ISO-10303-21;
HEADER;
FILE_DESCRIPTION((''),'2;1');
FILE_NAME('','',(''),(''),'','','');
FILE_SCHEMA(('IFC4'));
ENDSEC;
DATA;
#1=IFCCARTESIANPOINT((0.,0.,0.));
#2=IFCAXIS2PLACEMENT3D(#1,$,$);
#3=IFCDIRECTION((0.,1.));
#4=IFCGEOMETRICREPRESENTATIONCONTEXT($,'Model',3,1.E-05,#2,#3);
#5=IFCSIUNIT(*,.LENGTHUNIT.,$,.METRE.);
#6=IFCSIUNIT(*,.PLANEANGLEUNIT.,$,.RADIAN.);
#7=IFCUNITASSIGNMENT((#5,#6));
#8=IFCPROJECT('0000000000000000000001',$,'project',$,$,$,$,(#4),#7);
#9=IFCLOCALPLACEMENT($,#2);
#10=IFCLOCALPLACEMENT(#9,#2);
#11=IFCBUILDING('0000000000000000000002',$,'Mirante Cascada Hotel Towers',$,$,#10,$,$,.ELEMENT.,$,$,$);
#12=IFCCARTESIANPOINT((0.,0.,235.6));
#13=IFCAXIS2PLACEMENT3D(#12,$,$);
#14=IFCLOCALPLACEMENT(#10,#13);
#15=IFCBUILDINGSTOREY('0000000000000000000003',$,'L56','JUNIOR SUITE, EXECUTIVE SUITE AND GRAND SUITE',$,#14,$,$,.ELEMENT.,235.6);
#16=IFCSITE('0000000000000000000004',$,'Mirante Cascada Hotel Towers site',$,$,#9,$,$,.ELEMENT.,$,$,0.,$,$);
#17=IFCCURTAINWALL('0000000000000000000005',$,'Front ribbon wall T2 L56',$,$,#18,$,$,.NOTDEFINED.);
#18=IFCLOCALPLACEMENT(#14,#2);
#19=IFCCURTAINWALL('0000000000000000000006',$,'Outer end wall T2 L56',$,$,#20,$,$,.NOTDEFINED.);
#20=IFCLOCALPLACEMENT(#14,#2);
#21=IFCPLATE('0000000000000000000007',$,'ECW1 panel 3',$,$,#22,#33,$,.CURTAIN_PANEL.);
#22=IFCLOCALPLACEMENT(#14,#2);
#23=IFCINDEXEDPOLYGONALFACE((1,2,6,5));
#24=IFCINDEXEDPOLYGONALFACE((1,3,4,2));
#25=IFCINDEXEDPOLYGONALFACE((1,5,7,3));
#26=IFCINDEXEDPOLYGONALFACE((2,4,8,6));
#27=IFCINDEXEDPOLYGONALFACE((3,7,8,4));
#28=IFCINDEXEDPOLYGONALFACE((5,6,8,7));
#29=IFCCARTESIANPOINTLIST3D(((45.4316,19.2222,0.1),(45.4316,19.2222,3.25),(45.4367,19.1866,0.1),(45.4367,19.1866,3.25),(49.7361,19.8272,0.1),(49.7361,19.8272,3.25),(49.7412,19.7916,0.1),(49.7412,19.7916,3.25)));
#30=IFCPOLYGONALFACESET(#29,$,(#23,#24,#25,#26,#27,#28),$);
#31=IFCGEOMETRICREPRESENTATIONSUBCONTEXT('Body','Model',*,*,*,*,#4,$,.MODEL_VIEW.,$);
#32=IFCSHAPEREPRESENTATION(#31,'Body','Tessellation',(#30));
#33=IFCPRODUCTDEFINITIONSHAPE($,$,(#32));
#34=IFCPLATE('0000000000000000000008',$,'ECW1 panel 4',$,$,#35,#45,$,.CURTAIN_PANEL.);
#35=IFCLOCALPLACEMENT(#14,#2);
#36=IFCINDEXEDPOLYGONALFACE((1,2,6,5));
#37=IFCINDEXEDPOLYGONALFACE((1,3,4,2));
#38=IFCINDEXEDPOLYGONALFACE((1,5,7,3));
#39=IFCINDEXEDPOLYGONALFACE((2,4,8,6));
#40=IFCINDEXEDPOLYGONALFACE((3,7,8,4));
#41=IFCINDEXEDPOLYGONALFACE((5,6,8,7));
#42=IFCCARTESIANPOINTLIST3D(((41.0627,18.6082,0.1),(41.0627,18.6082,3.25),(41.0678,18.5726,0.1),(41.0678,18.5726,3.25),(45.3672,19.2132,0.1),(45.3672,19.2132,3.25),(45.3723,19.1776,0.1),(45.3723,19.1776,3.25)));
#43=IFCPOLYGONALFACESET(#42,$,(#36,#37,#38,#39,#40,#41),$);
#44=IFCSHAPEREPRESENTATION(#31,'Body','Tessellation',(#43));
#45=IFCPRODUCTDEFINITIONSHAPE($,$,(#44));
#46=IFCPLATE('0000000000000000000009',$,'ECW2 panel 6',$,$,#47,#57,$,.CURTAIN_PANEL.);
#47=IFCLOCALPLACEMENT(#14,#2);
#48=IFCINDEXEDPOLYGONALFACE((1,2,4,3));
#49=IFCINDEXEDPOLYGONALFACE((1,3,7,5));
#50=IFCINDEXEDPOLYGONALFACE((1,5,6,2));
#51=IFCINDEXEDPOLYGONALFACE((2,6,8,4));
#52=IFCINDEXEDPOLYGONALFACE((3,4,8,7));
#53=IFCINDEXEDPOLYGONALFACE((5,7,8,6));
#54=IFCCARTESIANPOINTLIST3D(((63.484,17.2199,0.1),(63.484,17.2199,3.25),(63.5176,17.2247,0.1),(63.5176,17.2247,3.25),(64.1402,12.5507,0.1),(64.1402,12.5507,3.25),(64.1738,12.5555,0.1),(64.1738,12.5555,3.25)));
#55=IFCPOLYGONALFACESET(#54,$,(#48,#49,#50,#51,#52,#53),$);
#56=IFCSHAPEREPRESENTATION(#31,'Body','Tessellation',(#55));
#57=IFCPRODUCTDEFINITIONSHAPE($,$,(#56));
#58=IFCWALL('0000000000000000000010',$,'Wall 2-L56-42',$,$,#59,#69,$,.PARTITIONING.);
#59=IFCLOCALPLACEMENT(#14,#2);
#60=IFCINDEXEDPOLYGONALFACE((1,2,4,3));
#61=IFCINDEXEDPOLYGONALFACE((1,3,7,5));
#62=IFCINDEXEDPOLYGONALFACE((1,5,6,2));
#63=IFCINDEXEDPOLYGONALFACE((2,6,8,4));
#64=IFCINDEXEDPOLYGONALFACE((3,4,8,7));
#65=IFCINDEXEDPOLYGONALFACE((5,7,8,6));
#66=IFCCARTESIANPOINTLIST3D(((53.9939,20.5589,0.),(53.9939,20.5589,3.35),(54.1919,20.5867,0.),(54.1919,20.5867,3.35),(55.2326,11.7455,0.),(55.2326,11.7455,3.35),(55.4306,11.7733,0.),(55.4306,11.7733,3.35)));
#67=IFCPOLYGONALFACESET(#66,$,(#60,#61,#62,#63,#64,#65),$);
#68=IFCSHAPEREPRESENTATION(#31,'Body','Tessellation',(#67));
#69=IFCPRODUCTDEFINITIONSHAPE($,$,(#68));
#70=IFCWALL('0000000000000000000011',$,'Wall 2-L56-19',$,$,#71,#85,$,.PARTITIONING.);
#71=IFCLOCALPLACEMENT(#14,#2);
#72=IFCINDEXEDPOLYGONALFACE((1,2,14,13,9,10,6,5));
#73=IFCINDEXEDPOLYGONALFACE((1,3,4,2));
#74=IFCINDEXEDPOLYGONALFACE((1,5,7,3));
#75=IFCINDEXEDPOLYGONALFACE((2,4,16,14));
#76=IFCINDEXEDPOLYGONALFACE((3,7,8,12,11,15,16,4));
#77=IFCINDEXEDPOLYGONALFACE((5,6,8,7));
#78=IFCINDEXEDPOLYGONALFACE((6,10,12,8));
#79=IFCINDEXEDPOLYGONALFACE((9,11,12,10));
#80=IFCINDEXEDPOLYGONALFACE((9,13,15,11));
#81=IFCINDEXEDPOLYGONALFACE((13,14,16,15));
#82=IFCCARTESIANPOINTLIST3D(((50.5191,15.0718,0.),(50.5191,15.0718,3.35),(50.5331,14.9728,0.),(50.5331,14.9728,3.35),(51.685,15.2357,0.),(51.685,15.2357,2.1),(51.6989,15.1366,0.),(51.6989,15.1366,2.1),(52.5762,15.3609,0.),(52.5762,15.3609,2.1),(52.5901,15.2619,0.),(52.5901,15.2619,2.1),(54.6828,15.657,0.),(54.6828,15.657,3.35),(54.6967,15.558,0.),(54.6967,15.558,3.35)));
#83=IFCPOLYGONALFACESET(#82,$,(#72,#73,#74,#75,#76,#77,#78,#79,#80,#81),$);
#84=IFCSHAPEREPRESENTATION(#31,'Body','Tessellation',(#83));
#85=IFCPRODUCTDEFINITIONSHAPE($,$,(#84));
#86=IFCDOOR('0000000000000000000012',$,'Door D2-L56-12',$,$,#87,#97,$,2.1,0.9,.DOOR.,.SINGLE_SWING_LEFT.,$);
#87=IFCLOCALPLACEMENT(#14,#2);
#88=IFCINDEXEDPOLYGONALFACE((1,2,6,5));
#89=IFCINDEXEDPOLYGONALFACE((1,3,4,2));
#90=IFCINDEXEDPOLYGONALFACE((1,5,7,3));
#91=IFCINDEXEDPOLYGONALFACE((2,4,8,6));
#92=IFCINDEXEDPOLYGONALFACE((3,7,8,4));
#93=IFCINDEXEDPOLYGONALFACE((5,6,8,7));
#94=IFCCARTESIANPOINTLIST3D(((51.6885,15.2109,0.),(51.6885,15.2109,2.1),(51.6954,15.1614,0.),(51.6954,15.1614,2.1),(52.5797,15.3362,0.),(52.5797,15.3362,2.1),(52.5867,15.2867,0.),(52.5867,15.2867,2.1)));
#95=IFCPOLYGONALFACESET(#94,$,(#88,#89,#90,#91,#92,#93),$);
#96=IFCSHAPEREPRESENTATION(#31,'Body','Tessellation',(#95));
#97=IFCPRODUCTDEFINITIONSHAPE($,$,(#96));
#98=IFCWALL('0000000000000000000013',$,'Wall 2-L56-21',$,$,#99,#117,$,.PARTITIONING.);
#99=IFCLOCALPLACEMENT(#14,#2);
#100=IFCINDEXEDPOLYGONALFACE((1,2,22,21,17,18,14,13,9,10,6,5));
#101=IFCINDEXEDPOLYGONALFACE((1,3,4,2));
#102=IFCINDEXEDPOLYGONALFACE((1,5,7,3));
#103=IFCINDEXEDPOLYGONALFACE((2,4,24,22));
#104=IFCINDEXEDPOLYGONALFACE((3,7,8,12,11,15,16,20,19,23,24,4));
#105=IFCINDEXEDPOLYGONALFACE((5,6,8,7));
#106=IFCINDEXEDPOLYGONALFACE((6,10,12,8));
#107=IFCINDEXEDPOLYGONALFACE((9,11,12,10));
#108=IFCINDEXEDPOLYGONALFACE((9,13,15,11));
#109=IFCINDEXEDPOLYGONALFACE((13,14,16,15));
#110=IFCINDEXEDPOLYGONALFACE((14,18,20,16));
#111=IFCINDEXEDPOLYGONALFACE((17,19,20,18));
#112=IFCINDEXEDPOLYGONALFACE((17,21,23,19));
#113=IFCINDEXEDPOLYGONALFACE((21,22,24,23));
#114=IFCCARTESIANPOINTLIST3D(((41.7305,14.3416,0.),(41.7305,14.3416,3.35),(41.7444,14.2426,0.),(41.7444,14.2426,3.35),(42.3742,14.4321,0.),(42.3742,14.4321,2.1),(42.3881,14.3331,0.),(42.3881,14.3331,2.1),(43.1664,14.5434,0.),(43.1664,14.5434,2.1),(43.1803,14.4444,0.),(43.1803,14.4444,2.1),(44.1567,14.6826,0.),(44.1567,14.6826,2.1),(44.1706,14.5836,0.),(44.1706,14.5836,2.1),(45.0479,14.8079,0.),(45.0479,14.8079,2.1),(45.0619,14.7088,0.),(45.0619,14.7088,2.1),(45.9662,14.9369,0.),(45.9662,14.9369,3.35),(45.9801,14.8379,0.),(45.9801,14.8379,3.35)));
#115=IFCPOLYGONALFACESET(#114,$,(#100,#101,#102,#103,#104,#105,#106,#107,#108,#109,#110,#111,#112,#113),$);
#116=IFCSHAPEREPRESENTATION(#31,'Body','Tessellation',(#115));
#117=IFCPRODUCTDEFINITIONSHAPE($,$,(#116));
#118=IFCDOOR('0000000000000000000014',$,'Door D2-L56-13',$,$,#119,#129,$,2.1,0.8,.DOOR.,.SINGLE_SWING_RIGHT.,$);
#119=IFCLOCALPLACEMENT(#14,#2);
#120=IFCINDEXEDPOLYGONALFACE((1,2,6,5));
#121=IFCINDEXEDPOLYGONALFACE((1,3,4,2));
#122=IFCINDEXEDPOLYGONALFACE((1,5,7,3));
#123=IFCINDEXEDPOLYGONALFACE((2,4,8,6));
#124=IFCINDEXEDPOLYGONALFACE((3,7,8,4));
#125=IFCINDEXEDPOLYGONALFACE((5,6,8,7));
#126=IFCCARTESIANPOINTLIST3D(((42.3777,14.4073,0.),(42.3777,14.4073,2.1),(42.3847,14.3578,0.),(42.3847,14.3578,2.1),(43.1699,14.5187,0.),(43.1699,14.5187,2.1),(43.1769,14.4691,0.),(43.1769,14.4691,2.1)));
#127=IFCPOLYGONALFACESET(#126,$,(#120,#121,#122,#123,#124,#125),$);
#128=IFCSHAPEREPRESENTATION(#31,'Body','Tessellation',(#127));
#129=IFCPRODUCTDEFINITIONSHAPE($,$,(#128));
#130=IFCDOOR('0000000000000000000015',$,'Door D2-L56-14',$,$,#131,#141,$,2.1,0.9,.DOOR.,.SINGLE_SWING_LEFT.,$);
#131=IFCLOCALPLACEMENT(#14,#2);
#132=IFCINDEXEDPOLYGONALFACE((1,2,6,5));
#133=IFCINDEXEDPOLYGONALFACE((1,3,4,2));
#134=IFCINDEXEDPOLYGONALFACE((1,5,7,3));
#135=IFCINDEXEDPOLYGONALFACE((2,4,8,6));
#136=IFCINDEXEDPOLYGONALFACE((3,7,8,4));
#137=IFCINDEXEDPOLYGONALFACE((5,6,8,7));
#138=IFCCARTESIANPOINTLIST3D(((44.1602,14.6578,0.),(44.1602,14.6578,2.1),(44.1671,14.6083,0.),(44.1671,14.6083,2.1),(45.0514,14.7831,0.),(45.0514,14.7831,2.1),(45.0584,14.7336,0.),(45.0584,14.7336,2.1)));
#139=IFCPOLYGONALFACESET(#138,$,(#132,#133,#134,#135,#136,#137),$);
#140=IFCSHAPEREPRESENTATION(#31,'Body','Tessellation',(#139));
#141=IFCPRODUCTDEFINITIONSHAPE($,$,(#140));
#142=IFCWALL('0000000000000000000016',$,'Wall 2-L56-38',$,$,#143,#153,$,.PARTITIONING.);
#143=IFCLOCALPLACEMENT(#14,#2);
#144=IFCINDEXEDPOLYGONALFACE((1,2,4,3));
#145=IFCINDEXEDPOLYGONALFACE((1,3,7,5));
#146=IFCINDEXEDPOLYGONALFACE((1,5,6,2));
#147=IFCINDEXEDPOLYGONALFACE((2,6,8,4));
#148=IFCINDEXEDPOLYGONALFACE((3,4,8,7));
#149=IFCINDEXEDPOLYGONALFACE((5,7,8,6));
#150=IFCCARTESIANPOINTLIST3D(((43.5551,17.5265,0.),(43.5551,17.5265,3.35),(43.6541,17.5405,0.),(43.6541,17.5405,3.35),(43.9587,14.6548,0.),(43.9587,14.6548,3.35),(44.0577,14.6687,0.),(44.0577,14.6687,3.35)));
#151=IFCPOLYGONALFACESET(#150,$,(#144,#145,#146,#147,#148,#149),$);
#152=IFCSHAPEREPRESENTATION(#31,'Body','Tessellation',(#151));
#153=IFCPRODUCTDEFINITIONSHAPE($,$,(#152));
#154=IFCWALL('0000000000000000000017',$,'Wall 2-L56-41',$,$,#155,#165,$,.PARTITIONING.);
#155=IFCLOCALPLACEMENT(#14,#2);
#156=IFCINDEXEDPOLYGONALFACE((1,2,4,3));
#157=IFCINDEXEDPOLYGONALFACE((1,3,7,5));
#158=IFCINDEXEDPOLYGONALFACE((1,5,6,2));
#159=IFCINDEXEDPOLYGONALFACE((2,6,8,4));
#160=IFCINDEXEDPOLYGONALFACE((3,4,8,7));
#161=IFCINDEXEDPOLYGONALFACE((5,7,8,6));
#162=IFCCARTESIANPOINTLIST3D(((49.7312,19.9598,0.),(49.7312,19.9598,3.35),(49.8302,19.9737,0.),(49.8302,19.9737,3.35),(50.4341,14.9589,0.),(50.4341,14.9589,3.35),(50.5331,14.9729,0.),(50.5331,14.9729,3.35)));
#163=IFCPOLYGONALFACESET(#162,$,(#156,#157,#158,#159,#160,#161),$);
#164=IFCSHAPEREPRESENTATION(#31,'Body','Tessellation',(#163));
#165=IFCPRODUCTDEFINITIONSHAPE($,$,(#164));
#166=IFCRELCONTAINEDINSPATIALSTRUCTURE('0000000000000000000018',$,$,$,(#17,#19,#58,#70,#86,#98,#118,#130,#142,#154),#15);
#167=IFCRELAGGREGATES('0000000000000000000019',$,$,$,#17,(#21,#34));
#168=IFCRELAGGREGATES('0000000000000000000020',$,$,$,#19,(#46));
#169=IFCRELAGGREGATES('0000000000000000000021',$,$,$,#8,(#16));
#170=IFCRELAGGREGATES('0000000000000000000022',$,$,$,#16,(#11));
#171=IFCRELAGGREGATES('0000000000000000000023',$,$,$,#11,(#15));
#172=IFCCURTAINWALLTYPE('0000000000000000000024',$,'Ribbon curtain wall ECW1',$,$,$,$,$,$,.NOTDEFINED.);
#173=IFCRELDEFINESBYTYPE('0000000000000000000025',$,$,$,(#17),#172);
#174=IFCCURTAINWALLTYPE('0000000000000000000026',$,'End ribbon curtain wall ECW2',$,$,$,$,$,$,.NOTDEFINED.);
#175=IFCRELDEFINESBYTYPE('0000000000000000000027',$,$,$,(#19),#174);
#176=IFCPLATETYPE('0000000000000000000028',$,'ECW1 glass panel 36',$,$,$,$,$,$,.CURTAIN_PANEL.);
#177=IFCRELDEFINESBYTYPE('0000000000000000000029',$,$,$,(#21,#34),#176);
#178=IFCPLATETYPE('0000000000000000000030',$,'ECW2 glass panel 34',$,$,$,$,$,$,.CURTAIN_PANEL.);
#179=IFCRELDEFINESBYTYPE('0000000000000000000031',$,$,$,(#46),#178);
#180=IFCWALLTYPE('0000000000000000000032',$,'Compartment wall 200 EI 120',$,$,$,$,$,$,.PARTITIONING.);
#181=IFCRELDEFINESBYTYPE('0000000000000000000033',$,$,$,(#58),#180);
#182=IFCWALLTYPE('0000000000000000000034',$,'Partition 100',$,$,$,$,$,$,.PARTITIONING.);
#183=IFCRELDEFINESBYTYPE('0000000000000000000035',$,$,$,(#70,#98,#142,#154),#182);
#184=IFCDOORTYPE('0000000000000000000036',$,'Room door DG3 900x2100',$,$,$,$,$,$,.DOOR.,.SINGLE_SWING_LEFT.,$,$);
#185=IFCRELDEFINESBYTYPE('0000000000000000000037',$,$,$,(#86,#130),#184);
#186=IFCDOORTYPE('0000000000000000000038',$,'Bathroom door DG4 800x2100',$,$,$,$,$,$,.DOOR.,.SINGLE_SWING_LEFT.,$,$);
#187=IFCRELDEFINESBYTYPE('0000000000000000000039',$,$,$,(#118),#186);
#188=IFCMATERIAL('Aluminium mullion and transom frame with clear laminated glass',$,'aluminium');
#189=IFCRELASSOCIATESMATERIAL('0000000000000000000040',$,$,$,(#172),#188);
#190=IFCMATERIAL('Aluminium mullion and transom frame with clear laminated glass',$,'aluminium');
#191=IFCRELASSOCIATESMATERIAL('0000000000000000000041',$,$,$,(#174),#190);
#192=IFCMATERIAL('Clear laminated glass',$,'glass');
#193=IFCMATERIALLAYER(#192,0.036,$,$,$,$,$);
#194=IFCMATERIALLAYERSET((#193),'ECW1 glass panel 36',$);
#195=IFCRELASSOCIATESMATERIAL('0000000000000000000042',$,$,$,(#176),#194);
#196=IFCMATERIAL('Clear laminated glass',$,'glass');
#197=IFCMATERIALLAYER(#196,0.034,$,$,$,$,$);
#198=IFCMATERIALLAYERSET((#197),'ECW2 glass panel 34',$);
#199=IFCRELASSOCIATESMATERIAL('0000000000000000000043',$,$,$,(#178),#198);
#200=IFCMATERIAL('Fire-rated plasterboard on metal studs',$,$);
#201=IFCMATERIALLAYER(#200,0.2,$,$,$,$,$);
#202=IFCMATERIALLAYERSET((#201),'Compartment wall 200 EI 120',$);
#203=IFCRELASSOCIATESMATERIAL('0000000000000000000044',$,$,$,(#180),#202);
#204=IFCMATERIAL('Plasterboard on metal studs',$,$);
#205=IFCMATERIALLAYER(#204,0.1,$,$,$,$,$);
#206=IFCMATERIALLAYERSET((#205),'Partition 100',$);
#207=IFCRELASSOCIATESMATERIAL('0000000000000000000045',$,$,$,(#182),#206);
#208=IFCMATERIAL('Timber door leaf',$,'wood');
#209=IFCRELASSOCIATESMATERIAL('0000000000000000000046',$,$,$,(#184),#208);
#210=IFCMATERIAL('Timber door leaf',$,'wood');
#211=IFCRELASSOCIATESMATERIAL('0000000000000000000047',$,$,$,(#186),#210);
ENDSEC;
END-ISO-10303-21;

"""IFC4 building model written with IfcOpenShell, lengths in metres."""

from ifc_helpers import new_model, si_unit, direction, frame, frame_2d, origin, origin_2d, place, context, subcontext, project, spatial, rectangle, extrude, material, layer, layer_set, type_object, element, fill, aggregate, save


model = new_model("IFC4")

# Units and contexts
model_context = context("Model", 3, precision=1e-05, world=origin(), true_north=direction((0.0, 1.0)))
body_context = subcontext(model_context, "Body", "Model", "MODEL_VIEW")
ifc_project = project(units=[si_unit("LENGTHUNIT", "METRE"), si_unit("PLANEANGLEUNIT", "RADIAN")], contexts=[model_context])

# Site, building, storey
site_placement = place(None, origin())
site = spatial("IfcSite", under=ifc_project, at=site_placement, Name="Mirante Cascada Hotel Towers site", CompositionType="ELEMENT", RefElevation=0.0)
building_placement = place(site_placement, origin())
building = spatial("IfcBuilding", under=site, at=building_placement, Name="Mirante Cascada Hotel Towers", CompositionType="ELEMENT")
storey_placement = place(building_placement, frame((0.0, 0.0, 235.6)))
storey = spatial("IfcBuildingStorey", under=building, at=storey_placement, Name="L56", Description="JUNIOR SUITE, EXECUTIVE SUITE AND GRAND SUITE", CompositionType="ELEMENT", Elevation=235.6)

# Curtain wall
ifc_material_1 = material(Name="Aluminium mullion and transom frame with clear laminated glass", Category="aluminium")
curtain_wall_type_1 = type_object("IfcCurtainWallType", Name="Ribbon curtain wall ECW1", PredefinedType="NOTDEFINED", material=ifc_material_1)
curtain_wall_1_placement = place(storey_placement, origin())
curtain_wall_1 = element("IfcCurtainWall", 1, at=curtain_wall_1_placement, inside=storey, type_object=curtain_wall_type_1, Name="Front ribbon wall T2 L56", PredefinedType="NOTDEFINED")

# Curtain wall
ifc_material_2 = material(Name="Aluminium mullion and transom frame with clear laminated glass", Category="aluminium")
curtain_wall_type_2 = type_object("IfcCurtainWallType", Name="End ribbon curtain wall ECW2", PredefinedType="NOTDEFINED", material=ifc_material_2)
curtain_wall_2_placement = place(storey_placement, origin())
curtain_wall_2 = element("IfcCurtainWall", 2, at=curtain_wall_2_placement, inside=storey, type_object=curtain_wall_type_2, Name="Outer end wall T2 L56", PredefinedType="NOTDEFINED")

# Plates
ifc_material_3 = material(Name="Clear laminated glass", Category="glass")
ifc_layer_1 = layer(ifc_material_3, 0.036)
ifc_layer_set_1 = layer_set([ifc_layer_1], Name="ECW1 glass panel 36")
plate_type_1 = type_object("IfcPlateType", Name="ECW1 glass panel 36", PredefinedType="CURTAIN_PANEL", material=ifc_layer_set_1)
plate_1_placement = place(storey_placement, frame((47.5864, 19.5069, 0.1), z_axis=(0.0, 0.0, 1.0), x_axis=(-0.990268, -0.139173, 0.0)))
plate_1 = element("IfcPlate", 3, at=plate_1_placement, type_object=plate_type_1, Name="ECW1 panel 3", PredefinedType="CURTAIN_PANEL", context=body_context, shape_type="SweptSolid", body=[
    extrude(rectangle(XDim=4.3468, YDim=0.036, at=origin_2d()), origin(), (0.0, 0.0, 1.0), 3.15),
])
plate_2_placement = place(storey_placement, frame((43.2175, 18.8929, 0.1), z_axis=(0.0, 0.0, 1.0), x_axis=(-0.990268, -0.139173, 0.0)))
plate_2 = element("IfcPlate", 4, at=plate_2_placement, type_object=plate_type_1, Name="ECW1 panel 4", PredefinedType="CURTAIN_PANEL", context=body_context, shape_type="SweptSolid", body=[
    extrude(rectangle(XDim=4.3468, YDim=0.036, at=origin_2d()), origin(), (0.0, 0.0, 1.0), 3.15),
])
aggregate(curtain_wall_1, [plate_1, plate_2])
ifc_material_4 = material(Name="Clear laminated glass", Category="glass")
ifc_layer_2 = layer(ifc_material_4, 0.034)
ifc_layer_set_2 = layer_set([ifc_layer_2], Name="ECW2 glass panel 34")
plate_type_2 = type_object("IfcPlateType", Name="ECW2 glass panel 34", PredefinedType="CURTAIN_PANEL", material=ifc_layer_set_2)
plate_3_placement = place(storey_placement, frame((63.8289, 14.8877, 0.1), z_axis=(0.0, 0.0, 1.0), x_axis=(-0.139173, 0.990268, 0.0)))
plate_3 = element("IfcPlate", 5, at=plate_3_placement, type_object=plate_type_2, Name="ECW2 panel 6", PredefinedType="CURTAIN_PANEL", context=body_context, shape_type="SweptSolid", body=[
    extrude(rectangle(XDim=4.7151, YDim=0.034, at=origin_2d()), origin(), (0.0, 0.0, 1.0), 3.15),
])
aggregate(curtain_wall_2, [plate_3])

# Wall
ifc_material_5 = material(Name="Fire-rated plasterboard on metal studs")
ifc_layer_3 = layer(ifc_material_5, 0.2)
ifc_layer_set_3 = layer_set([ifc_layer_3], Name="Compartment wall 200 EI 120")
wall_type_1 = type_object("IfcWallType", Name="Compartment wall 200 EI 120", PredefinedType="PARTITIONING", material=ifc_layer_set_3)
wall_1_placement = place(storey_placement, frame((54.0929, 20.5728, 0.0), z_axis=(0.0, 0.0, 1.0), x_axis=(0.139179, -0.990267, 0.0)))
element("IfcWall", 6, at=wall_1_placement, inside=storey, type_object=wall_type_1, Name="Wall 2-L56-42", PredefinedType="PARTITIONING", context=body_context, shape_type="SweptSolid", body=[
    extrude(rectangle(XDim=8.9, YDim=0.2, at=frame_2d((4.45, 0.0))), origin(), (0.0, 0.0, 1.0), 3.35),
])

# Wall, opening, door
ifc_material_6 = material(Name="Plasterboard on metal studs")
ifc_layer_4 = layer(ifc_material_6, 0.1)
ifc_layer_set_4 = layer_set([ifc_layer_4], Name="Partition 100")
wall_type_2 = type_object("IfcWallType", Name="Partition 100", PredefinedType="PARTITIONING", material=ifc_layer_set_4)
wall_2_placement = place(storey_placement, frame((50.5261, 15.0223, 0.0), z_axis=(0.0, 0.0, 1.0), x_axis=(0.990267, 0.13918, 0.0)))
wall_2 = element("IfcWall", 7, at=wall_2_placement, inside=storey, type_object=wall_type_2, Name="Wall 2-L56-19", PredefinedType="PARTITIONING", context=body_context, shape_type="SweptSolid", body=[
    extrude(rectangle(XDim=4.2046, YDim=0.1, at=frame_2d((2.1023, 0.0))), origin(), (0.0, 0.0, 1.0), 3.35),
])
opening_1_placement = place(wall_2_placement, frame((1.1773, 0.0, 0.0)))
opening_1 = element("IfcOpeningElement", 8, at=opening_1_placement, cuts=wall_2, PredefinedType="OPENING", context=body_context, shape_type="SweptSolid", body=[
    extrude(rectangle(XDim=0.9, YDim=2.1, at=frame_2d((0.45, 1.05))), frame((0.0, 0.05, 0.0), z_axis=(0.0, -1.0, 0.0), x_axis=(1.0, 0.0, 0.0)), (0.0, 0.0, 1.0), 0.1),
])
ifc_material_7 = material(Name="Timber door leaf", Category="wood")
door_type_1 = type_object("IfcDoorType", Name="Room door DG3 900x2100", OperationType="SINGLE_SWING_LEFT", PredefinedType="DOOR", material=ifc_material_7)
door_1_placement = place(opening_1_placement, origin())
door_1 = element("IfcDoor", 9, at=door_1_placement, inside=storey, type_object=door_type_1, Name="Door D2-L56-12", OperationType="SINGLE_SWING_LEFT", OverallHeight=2.1, OverallWidth=0.9, PredefinedType="DOOR", context=body_context, shape_type="SweptSolid", body=[
    extrude(rectangle(XDim=0.9, YDim=2.1, at=frame_2d((0.45, 1.05))), frame((0.0, 0.025, 0.0), z_axis=(0.0, -1.0, 0.0), x_axis=(1.0, 0.0, 0.0)), (0.0, 0.0, 1.0), 0.05),
])
fill(opening_1, door_1)

# Wall, openings, doors
wall_3_placement = place(storey_placement, frame((41.7375, 14.2921, 0.0), z_axis=(0.0, 0.0, 1.0), x_axis=(0.990268, 0.139176, 0.0)))
wall_3 = element("IfcWall", 10, at=wall_3_placement, inside=storey, type_object=wall_type_2, Name="Wall 2-L56-21", PredefinedType="PARTITIONING", context=body_context, shape_type="SweptSolid", body=[
    extrude(rectangle(XDim=4.2773, YDim=0.1, at=frame_2d((2.1386, 0.0))), origin(), (0.0, 0.0, 1.0), 3.35),
])
opening_2_placement = place(wall_3_placement, frame((0.65, 0.0, 0.0)))
opening_2 = element("IfcOpeningElement", 11, at=opening_2_placement, cuts=wall_3, PredefinedType="OPENING", context=body_context, shape_type="SweptSolid", body=[
    extrude(rectangle(XDim=0.8, YDim=2.1, at=frame_2d((0.4, 1.05))), frame((0.0, 0.05, 0.0), z_axis=(0.0, -1.0, 0.0), x_axis=(1.0, 0.0, 0.0)), (0.0, 0.0, 1.0), 0.1),
])
opening_3_placement = place(wall_3_placement, frame((2.45, 0.0, 0.0)))
opening_3 = element("IfcOpeningElement", 12, at=opening_3_placement, cuts=wall_3, PredefinedType="OPENING", context=body_context, shape_type="SweptSolid", body=[
    extrude(rectangle(XDim=0.9, YDim=2.1, at=frame_2d((0.45, 1.05))), frame((0.0, 0.05, 0.0), z_axis=(0.0, -1.0, 0.0), x_axis=(1.0, 0.0, 0.0)), (0.0, 0.0, 1.0), 0.1),
])
ifc_material_8 = material(Name="Timber door leaf", Category="wood")
door_type_2 = type_object("IfcDoorType", Name="Bathroom door DG4 800x2100", OperationType="SINGLE_SWING_LEFT", PredefinedType="DOOR", material=ifc_material_8)
door_2_placement = place(opening_2_placement, frame((0.8, 0.0, 0.0), z_axis=(0.0, 0.0, 1.0), x_axis=(-1.0, 0.0, 0.0)))
door_2 = element("IfcDoor", 13, at=door_2_placement, inside=storey, type_object=door_type_2, Name="Door D2-L56-13", OperationType="SINGLE_SWING_RIGHT", OverallHeight=2.1, OverallWidth=0.8, PredefinedType="DOOR", context=body_context, shape_type="SweptSolid", body=[
    extrude(rectangle(XDim=0.8, YDim=2.1, at=frame_2d((0.4, 1.05))), frame((0.0, 0.025, 0.0), z_axis=(0.0, -1.0, 0.0), x_axis=(1.0, 0.0, 0.0)), (0.0, 0.0, 1.0), 0.05),
])
fill(opening_2, door_2)
door_3_placement = place(opening_3_placement, origin())
door_3 = element("IfcDoor", 14, at=door_3_placement, inside=storey, type_object=door_type_1, Name="Door D2-L56-14", OperationType="SINGLE_SWING_LEFT", OverallHeight=2.1, OverallWidth=0.9, PredefinedType="DOOR", context=body_context, shape_type="SweptSolid", body=[
    extrude(rectangle(XDim=0.9, YDim=2.1, at=frame_2d((0.45, 1.05))), frame((0.0, 0.025, 0.0), z_axis=(0.0, -1.0, 0.0), x_axis=(1.0, 0.0, 0.0)), (0.0, 0.0, 1.0), 0.05),
])
fill(opening_3, door_3)

# Walls
wall_4_placement = place(storey_placement, frame((43.6046, 17.5335, 0.0), z_axis=(0.0, 0.0, 1.0), x_axis=(0.139171, -0.990268, 0.0)))
element("IfcWall", 15, at=wall_4_placement, inside=storey, type_object=wall_type_2, Name="Wall 2-L56-38", PredefinedType="PARTITIONING", context=body_context, shape_type="SweptSolid", body=[
    extrude(rectangle(XDim=2.9, YDim=0.1, at=frame_2d((1.45, 0.0))), origin(), (0.0, 0.0, 1.0), 3.35),
])
wall_5_placement = place(storey_placement, frame((50.4836, 14.9659, 0.0), z_axis=(0.0, 0.0, 1.0), x_axis=(-0.139189, 0.990266, 0.0)))
element("IfcWall", 16, at=wall_5_placement, inside=storey, type_object=wall_type_2, Name="Wall 2-L56-41", PredefinedType="PARTITIONING", context=body_context, shape_type="SweptSolid", body=[
    extrude(rectangle(XDim=5.05, YDim=0.1, at=frame_2d((2.525, 0.0))), origin(), (0.0, 0.0, 1.0), 3.35),
])

save(model, "model.ifc")
